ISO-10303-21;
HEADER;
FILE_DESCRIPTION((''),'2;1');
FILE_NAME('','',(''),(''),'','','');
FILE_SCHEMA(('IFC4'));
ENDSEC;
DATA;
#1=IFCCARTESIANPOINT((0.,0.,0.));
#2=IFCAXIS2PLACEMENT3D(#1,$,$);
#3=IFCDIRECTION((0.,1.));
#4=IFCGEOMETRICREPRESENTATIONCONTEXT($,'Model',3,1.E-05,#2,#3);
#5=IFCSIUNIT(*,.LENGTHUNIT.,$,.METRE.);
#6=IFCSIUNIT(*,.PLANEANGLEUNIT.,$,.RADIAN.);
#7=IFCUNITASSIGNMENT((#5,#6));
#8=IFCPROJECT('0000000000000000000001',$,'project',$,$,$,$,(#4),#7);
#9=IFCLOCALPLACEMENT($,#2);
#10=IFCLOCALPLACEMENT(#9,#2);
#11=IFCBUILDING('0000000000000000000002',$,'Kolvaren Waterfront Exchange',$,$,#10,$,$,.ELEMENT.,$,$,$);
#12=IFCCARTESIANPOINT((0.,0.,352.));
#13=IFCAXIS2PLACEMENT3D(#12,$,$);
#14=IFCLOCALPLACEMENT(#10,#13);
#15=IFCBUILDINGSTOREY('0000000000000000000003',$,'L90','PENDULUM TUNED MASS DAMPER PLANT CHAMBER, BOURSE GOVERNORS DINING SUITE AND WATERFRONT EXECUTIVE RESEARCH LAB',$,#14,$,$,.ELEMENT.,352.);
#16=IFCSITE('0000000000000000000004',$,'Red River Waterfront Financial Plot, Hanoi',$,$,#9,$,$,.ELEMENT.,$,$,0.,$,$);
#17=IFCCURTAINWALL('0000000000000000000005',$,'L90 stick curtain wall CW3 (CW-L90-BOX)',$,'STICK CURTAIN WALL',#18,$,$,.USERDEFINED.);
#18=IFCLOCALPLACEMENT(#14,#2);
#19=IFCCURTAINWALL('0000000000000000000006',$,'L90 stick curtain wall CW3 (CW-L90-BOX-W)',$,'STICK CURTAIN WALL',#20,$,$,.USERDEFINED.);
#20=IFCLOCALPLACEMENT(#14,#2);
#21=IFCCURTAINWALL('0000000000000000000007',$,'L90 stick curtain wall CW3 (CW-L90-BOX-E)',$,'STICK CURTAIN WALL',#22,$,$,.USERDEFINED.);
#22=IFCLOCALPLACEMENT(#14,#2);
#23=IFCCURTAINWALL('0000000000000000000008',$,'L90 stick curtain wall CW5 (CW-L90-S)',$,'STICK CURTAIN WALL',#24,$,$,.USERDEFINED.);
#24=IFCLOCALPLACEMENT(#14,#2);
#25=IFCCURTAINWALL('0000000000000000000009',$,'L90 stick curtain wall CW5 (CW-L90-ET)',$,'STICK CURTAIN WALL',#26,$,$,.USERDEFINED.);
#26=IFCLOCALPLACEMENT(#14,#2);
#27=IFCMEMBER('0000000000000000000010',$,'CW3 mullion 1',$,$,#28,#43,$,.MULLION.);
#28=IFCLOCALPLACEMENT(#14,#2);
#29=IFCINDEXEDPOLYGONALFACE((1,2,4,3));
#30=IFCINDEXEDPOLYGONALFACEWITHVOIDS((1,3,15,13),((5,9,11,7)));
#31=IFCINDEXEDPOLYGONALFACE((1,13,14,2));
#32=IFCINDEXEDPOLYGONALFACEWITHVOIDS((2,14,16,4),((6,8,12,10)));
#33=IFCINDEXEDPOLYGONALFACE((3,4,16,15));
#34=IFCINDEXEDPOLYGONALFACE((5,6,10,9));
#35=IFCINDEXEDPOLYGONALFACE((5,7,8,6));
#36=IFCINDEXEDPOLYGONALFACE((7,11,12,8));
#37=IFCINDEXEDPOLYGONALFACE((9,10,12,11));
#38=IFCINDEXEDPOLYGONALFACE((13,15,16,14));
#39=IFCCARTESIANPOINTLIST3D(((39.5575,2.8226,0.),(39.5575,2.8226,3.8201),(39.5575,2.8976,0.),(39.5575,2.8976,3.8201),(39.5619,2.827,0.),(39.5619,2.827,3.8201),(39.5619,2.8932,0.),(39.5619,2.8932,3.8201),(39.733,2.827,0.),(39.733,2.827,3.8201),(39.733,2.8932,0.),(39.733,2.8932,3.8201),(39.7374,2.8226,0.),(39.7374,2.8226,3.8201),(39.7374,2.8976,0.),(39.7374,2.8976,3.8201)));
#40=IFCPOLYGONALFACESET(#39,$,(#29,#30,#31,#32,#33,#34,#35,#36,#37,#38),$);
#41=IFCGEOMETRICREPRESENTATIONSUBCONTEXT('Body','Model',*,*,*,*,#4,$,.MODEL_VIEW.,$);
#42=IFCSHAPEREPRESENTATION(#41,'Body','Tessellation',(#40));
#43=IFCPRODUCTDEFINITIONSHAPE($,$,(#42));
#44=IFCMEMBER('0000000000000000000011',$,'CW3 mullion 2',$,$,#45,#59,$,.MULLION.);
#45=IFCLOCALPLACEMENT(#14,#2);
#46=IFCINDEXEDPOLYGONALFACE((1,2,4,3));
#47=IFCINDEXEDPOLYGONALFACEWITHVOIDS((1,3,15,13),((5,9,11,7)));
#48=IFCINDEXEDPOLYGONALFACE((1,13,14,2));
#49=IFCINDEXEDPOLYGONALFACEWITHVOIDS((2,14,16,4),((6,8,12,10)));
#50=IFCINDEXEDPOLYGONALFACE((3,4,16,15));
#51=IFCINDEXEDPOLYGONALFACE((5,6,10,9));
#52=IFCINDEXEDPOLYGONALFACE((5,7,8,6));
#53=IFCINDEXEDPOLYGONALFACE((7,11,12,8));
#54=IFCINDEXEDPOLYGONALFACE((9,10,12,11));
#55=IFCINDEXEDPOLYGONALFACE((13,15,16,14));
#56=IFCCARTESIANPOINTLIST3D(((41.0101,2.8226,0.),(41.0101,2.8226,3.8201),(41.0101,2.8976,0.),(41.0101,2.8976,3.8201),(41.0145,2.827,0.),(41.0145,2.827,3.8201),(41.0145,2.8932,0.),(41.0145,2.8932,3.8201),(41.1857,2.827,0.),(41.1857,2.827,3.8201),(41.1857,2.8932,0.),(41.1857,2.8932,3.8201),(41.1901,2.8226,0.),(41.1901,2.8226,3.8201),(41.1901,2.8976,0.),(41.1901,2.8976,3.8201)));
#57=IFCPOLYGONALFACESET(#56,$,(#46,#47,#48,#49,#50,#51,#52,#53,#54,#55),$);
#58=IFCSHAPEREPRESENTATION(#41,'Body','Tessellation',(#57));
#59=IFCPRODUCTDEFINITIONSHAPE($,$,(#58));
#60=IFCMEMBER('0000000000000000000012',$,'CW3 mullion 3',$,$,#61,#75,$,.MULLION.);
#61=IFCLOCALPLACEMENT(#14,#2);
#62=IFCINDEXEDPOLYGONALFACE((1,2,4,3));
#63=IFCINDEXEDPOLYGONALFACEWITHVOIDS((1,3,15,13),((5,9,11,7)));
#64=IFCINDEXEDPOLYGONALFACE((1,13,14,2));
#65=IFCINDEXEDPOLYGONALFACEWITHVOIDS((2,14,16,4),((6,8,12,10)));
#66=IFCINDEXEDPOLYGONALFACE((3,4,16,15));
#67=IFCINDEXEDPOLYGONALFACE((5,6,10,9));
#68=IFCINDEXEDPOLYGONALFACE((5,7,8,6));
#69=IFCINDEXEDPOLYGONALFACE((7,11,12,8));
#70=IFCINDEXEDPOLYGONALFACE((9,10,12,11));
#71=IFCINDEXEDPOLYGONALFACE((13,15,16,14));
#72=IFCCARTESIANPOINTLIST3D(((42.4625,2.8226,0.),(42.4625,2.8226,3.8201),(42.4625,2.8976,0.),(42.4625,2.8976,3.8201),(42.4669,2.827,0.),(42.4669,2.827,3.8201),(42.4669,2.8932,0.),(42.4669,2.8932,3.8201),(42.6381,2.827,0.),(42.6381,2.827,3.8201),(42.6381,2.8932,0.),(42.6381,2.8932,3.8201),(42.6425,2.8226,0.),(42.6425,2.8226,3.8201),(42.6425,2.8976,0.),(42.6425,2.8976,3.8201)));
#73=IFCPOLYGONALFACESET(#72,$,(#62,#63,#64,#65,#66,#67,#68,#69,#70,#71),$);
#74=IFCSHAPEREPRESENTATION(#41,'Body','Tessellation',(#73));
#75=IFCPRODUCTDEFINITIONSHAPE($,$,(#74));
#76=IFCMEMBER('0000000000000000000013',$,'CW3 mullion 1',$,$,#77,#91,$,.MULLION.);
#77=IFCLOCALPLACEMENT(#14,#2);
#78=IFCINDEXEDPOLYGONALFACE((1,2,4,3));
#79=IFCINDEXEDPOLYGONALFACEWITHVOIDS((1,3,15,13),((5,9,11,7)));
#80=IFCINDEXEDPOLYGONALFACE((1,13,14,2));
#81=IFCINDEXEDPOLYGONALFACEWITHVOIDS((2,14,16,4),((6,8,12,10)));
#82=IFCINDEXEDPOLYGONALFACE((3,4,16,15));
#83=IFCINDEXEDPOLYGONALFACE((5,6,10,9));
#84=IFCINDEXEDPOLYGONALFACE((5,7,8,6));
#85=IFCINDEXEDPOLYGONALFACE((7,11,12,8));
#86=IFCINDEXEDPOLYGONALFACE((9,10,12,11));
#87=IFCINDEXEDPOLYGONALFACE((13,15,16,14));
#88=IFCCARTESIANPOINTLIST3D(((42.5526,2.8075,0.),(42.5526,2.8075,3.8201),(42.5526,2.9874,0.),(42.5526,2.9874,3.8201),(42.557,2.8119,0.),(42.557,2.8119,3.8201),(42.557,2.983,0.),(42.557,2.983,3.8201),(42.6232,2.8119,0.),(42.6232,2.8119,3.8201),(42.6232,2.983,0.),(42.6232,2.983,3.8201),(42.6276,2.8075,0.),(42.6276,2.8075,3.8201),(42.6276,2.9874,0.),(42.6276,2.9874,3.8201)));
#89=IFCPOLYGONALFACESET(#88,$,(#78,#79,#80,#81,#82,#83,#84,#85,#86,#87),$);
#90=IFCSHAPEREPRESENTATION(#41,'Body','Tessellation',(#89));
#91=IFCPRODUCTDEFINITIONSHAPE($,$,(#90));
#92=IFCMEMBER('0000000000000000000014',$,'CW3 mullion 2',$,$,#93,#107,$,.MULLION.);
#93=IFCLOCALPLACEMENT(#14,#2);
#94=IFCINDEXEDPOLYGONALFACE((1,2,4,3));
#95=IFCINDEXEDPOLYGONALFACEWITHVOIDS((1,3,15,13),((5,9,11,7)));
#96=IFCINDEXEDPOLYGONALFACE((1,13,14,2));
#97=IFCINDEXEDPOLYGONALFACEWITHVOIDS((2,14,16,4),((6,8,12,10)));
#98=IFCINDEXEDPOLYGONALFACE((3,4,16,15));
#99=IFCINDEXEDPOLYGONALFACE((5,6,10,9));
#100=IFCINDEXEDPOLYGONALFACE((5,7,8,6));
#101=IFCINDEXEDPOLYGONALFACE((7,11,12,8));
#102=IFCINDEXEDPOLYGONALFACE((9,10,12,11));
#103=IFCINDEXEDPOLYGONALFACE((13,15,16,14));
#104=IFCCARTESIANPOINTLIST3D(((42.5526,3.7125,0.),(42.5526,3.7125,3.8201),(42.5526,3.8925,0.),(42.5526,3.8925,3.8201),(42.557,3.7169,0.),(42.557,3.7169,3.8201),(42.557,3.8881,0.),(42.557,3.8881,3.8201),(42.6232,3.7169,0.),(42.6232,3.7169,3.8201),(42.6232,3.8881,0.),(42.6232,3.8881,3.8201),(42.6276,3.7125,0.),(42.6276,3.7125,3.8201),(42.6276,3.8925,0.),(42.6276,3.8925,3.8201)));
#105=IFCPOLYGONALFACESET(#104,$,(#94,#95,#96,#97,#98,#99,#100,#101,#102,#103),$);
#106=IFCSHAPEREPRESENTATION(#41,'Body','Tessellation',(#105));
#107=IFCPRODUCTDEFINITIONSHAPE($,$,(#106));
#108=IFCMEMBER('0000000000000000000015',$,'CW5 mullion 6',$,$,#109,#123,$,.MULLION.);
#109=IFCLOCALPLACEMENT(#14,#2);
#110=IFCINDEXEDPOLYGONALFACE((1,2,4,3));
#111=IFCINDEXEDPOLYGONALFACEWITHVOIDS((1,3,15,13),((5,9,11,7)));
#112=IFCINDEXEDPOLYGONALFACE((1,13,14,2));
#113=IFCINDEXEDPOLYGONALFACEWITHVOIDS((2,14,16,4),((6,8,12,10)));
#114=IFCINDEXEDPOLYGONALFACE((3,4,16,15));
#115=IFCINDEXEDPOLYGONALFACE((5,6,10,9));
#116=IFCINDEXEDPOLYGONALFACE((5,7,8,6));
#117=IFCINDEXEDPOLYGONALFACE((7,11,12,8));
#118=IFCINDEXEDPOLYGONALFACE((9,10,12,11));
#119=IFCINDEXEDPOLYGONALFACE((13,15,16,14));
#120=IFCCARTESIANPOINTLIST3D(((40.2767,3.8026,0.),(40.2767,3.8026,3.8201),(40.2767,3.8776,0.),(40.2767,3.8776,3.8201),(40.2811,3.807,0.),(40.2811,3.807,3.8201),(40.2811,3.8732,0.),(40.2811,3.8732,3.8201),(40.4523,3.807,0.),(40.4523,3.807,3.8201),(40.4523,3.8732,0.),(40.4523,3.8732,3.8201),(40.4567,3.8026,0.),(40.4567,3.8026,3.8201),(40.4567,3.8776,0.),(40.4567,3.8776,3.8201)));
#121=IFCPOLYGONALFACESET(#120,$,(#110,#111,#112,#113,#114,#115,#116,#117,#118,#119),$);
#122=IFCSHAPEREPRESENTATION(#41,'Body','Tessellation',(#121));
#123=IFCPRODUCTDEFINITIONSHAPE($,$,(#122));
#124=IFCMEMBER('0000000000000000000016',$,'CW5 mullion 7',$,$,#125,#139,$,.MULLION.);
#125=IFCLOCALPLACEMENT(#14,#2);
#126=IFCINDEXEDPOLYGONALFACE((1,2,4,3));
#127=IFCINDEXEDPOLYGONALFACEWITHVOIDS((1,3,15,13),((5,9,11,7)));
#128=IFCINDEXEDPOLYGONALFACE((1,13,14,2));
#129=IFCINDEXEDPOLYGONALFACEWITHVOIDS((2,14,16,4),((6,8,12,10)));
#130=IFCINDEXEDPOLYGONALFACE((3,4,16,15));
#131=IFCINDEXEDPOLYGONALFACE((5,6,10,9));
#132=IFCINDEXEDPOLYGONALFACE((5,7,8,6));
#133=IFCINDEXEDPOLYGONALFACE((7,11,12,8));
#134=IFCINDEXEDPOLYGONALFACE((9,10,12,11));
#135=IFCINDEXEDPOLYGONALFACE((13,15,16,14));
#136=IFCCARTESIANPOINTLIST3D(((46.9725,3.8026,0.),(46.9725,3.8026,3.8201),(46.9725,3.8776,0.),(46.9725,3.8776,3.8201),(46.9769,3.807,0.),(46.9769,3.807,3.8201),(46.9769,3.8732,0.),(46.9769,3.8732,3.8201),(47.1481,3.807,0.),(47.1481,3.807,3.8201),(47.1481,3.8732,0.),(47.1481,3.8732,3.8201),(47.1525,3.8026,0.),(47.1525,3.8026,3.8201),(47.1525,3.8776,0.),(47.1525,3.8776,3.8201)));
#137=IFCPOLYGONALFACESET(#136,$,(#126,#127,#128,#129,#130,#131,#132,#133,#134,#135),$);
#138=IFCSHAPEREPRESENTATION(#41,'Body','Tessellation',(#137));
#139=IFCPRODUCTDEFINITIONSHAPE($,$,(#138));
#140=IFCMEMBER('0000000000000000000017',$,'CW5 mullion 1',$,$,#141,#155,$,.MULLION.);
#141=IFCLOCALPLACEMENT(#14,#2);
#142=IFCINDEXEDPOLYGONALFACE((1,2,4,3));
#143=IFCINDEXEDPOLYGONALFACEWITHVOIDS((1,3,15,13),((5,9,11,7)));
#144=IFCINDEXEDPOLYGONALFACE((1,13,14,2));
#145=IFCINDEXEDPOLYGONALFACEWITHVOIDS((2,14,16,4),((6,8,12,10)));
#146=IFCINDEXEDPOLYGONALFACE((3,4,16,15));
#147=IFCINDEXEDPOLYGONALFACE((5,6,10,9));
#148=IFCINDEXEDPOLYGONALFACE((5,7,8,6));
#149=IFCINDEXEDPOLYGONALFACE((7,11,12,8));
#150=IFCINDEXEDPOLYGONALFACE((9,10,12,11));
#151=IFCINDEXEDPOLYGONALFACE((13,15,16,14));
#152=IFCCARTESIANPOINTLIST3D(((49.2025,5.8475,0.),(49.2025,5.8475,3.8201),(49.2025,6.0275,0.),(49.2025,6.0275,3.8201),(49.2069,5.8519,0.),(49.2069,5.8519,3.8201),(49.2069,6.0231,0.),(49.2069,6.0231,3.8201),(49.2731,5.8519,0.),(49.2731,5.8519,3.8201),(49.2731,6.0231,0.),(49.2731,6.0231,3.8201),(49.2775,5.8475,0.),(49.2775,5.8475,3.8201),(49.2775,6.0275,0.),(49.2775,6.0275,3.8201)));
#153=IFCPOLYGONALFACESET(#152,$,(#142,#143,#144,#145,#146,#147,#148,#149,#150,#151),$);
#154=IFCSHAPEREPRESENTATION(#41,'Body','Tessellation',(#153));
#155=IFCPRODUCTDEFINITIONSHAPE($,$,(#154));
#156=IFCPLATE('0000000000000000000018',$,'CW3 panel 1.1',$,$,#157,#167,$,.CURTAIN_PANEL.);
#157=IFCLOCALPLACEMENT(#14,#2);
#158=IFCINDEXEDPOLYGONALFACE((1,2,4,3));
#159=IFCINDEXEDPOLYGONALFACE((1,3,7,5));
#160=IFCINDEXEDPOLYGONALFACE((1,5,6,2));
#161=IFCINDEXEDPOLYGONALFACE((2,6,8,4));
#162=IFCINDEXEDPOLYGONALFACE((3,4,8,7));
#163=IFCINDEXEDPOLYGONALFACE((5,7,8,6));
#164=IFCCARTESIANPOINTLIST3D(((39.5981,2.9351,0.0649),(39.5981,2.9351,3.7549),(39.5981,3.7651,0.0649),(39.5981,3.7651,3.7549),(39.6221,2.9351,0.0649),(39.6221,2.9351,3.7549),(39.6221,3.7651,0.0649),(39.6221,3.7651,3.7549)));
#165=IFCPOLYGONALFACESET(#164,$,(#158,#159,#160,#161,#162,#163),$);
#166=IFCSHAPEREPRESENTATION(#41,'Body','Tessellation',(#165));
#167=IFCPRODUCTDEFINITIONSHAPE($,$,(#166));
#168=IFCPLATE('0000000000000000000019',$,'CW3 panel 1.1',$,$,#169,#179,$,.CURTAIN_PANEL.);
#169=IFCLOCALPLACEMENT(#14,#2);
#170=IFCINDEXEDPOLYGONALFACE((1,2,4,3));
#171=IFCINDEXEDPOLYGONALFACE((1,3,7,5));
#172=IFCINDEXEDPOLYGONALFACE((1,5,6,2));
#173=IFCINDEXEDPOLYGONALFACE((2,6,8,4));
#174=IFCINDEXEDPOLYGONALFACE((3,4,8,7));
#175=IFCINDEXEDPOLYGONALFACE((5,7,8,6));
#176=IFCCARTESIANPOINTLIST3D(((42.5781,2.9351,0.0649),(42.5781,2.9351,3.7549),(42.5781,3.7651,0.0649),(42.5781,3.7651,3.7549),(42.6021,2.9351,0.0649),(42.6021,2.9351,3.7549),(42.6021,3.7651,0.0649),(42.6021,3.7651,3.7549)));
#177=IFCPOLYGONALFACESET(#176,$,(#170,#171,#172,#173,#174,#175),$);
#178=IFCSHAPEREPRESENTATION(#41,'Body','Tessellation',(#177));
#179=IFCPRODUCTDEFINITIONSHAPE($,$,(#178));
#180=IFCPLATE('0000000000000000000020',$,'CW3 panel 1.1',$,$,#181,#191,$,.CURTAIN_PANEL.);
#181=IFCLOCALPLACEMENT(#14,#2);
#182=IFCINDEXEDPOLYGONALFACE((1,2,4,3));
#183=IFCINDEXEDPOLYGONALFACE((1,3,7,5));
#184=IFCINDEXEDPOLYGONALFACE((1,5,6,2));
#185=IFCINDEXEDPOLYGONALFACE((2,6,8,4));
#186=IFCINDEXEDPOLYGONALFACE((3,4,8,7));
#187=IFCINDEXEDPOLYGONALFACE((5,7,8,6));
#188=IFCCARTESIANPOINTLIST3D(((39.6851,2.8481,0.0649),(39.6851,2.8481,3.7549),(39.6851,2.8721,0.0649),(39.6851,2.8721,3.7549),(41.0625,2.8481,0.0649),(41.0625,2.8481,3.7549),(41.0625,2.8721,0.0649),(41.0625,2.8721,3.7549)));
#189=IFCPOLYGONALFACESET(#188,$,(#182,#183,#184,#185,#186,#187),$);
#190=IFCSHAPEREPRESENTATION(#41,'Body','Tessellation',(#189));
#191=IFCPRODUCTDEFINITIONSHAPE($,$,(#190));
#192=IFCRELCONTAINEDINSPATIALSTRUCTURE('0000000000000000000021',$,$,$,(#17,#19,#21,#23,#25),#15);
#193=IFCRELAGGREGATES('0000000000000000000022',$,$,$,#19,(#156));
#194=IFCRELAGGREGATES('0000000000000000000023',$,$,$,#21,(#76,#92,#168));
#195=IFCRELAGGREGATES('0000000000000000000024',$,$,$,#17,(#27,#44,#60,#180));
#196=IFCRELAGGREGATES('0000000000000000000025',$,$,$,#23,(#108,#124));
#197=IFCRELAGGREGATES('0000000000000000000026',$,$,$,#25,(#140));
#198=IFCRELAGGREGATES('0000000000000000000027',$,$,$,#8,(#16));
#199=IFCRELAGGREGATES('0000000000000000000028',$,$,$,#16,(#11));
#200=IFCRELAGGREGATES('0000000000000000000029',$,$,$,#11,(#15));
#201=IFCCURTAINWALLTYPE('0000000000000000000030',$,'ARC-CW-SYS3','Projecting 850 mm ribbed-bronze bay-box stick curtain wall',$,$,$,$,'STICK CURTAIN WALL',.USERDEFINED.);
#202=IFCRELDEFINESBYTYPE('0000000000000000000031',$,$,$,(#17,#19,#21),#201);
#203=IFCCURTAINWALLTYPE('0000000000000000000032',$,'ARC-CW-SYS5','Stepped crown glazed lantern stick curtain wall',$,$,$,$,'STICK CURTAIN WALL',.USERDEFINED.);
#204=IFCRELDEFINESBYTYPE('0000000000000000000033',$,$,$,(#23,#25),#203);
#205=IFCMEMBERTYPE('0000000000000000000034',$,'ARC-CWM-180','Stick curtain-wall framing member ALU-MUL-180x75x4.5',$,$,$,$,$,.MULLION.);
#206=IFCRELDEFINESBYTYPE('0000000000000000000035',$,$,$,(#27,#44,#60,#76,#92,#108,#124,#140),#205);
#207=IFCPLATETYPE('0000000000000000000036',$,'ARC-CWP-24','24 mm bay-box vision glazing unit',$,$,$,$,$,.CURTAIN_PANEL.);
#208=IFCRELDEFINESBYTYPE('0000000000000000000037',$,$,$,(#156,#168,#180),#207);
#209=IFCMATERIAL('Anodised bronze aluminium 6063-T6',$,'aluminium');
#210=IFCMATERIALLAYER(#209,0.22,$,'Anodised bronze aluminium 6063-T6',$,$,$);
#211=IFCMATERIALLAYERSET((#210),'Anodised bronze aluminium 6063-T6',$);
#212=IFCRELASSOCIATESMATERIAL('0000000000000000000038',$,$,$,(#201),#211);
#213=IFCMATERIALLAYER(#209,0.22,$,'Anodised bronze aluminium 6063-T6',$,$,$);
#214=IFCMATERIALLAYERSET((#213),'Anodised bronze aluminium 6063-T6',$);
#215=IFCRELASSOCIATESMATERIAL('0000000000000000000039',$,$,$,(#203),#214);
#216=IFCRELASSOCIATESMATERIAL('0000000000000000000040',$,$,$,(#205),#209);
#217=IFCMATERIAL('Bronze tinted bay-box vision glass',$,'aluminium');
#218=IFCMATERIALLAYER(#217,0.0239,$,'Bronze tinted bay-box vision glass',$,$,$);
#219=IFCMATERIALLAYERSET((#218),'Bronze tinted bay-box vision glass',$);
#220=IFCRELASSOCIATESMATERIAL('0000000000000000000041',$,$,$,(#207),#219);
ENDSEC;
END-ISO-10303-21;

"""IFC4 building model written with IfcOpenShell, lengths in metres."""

from ifc_helpers import new_model, si_unit, direction, frame, origin, origin_with_axes, origin_2d, place, context, subcontext, project, spatial, rectangle, hollow_rectangle, extrude, source, transform, mapped, material, layer, layer_set, material_profile, profile_set, type_object, element, aggregate, save


model = new_model("IFC4")

# Units and contexts
model_context = context("Model", 3, precision=1e-05, world=origin(), true_north=direction((0.0, 1.0)))
body_context = subcontext(model_context, "Body", "Model", "MODEL_VIEW")
ifc_project = project(units=[si_unit("LENGTHUNIT", "METRE"), si_unit("PLANEANGLEUNIT", "RADIAN")], contexts=[model_context])

# Site, building, storey
site_placement = place(None, origin())
site = spatial("IfcSite", under=ifc_project, at=site_placement, Name="Red River Waterfront Financial Plot, Hanoi", CompositionType="ELEMENT", RefElevation=0.0)
building_placement = place(site_placement, origin())
building = spatial("IfcBuilding", under=site, at=building_placement, Name="Kolvaren Waterfront Exchange", CompositionType="ELEMENT")
storey_placement = place(building_placement, frame((0.0, 0.0, 352.0)))
storey = spatial("IfcBuildingStorey", under=building, at=storey_placement, Name="L90", Description="PENDULUM TUNED MASS DAMPER PLANT CHAMBER, BOURSE GOVERNORS DINING SUITE AND WATERFRONT EXECUTIVE RESEARCH LAB", CompositionType="ELEMENT", Elevation=352.0)

# Curtain walls
ifc_material_1 = material(Name="Anodised bronze aluminium 6063-T6", Category="aluminium")
ifc_layer_1 = layer(ifc_material_1, 0.22, Name="Anodised bronze aluminium 6063-T6")
ifc_layer_set_1 = layer_set([ifc_layer_1], Name="Anodised bronze aluminium 6063-T6")
curtain_wall_type_1 = type_object("IfcCurtainWallType", Name="ARC-CW-SYS3", Description="Projecting 850 mm ribbed-bronze bay-box stick curtain wall", ElementType="STICK CURTAIN WALL", PredefinedType="USERDEFINED", material=ifc_layer_set_1)
curtain_wall_1_placement = place(storey_placement, origin())
curtain_wall_1 = element("IfcCurtainWall", 1, at=curtain_wall_1_placement, inside=storey, type_object=curtain_wall_type_1, Name="L90 stick curtain wall CW3 (CW-L90-BOX)", ObjectType="STICK CURTAIN WALL", PredefinedType="USERDEFINED")
curtain_wall_2_placement = place(storey_placement, origin())
curtain_wall_2 = element("IfcCurtainWall", 2, at=curtain_wall_2_placement, inside=storey, type_object=curtain_wall_type_1, Name="L90 stick curtain wall CW3 (CW-L90-BOX-W)", ObjectType="STICK CURTAIN WALL", PredefinedType="USERDEFINED")
curtain_wall_3_placement = place(storey_placement, origin())
curtain_wall_3 = element("IfcCurtainWall", 3, at=curtain_wall_3_placement, inside=storey, type_object=curtain_wall_type_1, Name="L90 stick curtain wall CW3 (CW-L90-BOX-E)", ObjectType="STICK CURTAIN WALL", PredefinedType="USERDEFINED")
ifc_layer_2 = layer(ifc_material_1, 0.22, Name="Anodised bronze aluminium 6063-T6")
ifc_layer_set_2 = layer_set([ifc_layer_2], Name="Anodised bronze aluminium 6063-T6")
curtain_wall_type_2 = type_object("IfcCurtainWallType", Name="ARC-CW-SYS5", Description="Stepped crown glazed lantern stick curtain wall", ElementType="STICK CURTAIN WALL", PredefinedType="USERDEFINED", material=ifc_layer_set_2)
curtain_wall_4_placement = place(storey_placement, origin())
curtain_wall_4 = element("IfcCurtainWall", 4, at=curtain_wall_4_placement, inside=storey, type_object=curtain_wall_type_2, Name="L90 stick curtain wall CW5 (CW-L90-S)", ObjectType="STICK CURTAIN WALL", PredefinedType="USERDEFINED")
curtain_wall_5_placement = place(storey_placement, origin())
curtain_wall_5 = element("IfcCurtainWall", 5, at=curtain_wall_5_placement, inside=storey, type_object=curtain_wall_type_2, Name="L90 stick curtain wall CW5 (CW-L90-ET)", ObjectType="STICK CURTAIN WALL", PredefinedType="USERDEFINED")

# Members
ifc_material_profile_1 = material_profile(ifc_material_1, hollow_rectangle(XDim=0.075, YDim=0.1799, WallThickness=0.0044, at=origin_2d()), Name="ALU-MUL-180x75x4.5")
ifc_profile_set_1 = profile_set([ifc_material_profile_1], Name="Anodised bronze aluminium 6063-T6")
member_type_1 = type_object("IfcMemberType", Name="ARC-CWM-180", Description="Stick curtain-wall framing member ALU-MUL-180x75x4.5", PredefinedType="MULLION", material=ifc_profile_set_1)
shared_shape_1 = source(origin_with_axes(), body_context, "Body", "SweptSolid", [
    extrude(hollow_rectangle(XDim=0.075, YDim=0.1799, WallThickness=0.0044, at=origin_2d()), origin(), (0.0, 0.0, 1.0), 3.8201),
])
member_1_placement = place(storey_placement, frame((39.6475, 2.8601, 0.0), z_axis=(0.0, 0.0, 1.0), x_axis=(0.0, 1.0, 0.0)))
member_1 = element("IfcMember", 6, at=member_1_placement, type_object=member_type_1, Name="CW3 mullion 1", PredefinedType="MULLION", context=body_context, shape_type="MappedRepresentation", body=[
    mapped(shared_shape_1, transform((0.0, 0.0, 0.0), x_axis=(1.0, 0.0, 0.0), y_axis=(0.0, 1.0, 0.0), z_axis=(0.0, 0.0, 1.0), scale=1.0)),
])
member_2_placement = place(storey_placement, frame((41.1001, 2.8601, 0.0), z_axis=(0.0, 0.0, 1.0), x_axis=(0.0, 1.0, 0.0)))
member_2 = element("IfcMember", 7, at=member_2_placement, type_object=member_type_1, Name="CW3 mullion 2", PredefinedType="MULLION", context=body_context, shape_type="MappedRepresentation", body=[
    mapped(shared_shape_1, transform((0.0, 0.0, 0.0), x_axis=(1.0, 0.0, 0.0), y_axis=(0.0, 1.0, 0.0), z_axis=(0.0, 0.0, 1.0), scale=1.0)),
])
member_3_placement = place(storey_placement, frame((42.5525, 2.8601, 0.0), z_axis=(0.0, 0.0, 1.0), x_axis=(0.0, 1.0, 0.0)))
member_3 = element("IfcMember", 8, at=member_3_placement, type_object=member_type_1, Name="CW3 mullion 3", PredefinedType="MULLION", context=body_context, shape_type="MappedRepresentation", body=[
    mapped(shared_shape_1, transform((0.0, 0.0, 0.0), x_axis=(1.0, 0.0, 0.0), y_axis=(0.0, 1.0, 0.0), z_axis=(0.0, 0.0, 1.0), scale=1.0)),
])
member_4_placement = place(storey_placement, frame((42.5901, 2.8975, 0.0), z_axis=(0.0, 0.0, 1.0), x_axis=(-1.0, 0.0, 0.0)))
member_4 = element("IfcMember", 9, at=member_4_placement, type_object=member_type_1, Name="CW3 mullion 1", PredefinedType="MULLION", context=body_context, shape_type="MappedRepresentation", body=[
    mapped(shared_shape_1, transform((0.0, 0.0, 0.0), x_axis=(1.0, 0.0, 0.0), y_axis=(0.0, 1.0, 0.0), z_axis=(0.0, 0.0, 1.0), scale=1.0)),
])
member_5_placement = place(storey_placement, frame((42.5901, 3.8025, 0.0), z_axis=(0.0, 0.0, 1.0), x_axis=(-1.0, 0.0, 0.0)))
member_5 = element("IfcMember", 10, at=member_5_placement, type_object=member_type_1, Name="CW3 mullion 2", PredefinedType="MULLION", context=body_context, shape_type="MappedRepresentation", body=[
    mapped(shared_shape_1, transform((0.0, 0.0, 0.0), x_axis=(1.0, 0.0, 0.0), y_axis=(0.0, 1.0, 0.0), z_axis=(0.0, 0.0, 1.0), scale=1.0)),
])
member_6_placement = place(storey_placement, frame((40.3667, 3.8401, 0.0), z_axis=(0.0, 0.0, 1.0), x_axis=(0.0, 1.0, 0.0)))
member_6 = element("IfcMember", 11, at=member_6_placement, type_object=member_type_1, Name="CW5 mullion 6", PredefinedType="MULLION", context=body_context, shape_type="MappedRepresentation", body=[
    mapped(shared_shape_1, transform((0.0, 0.0, 0.0), x_axis=(1.0, 0.0, 0.0), y_axis=(0.0, 1.0, 0.0), z_axis=(0.0, 0.0, 1.0), scale=1.0)),
])
member_7_placement = place(storey_placement, frame((47.0625, 3.8401, 0.0), z_axis=(0.0, 0.0, 1.0), x_axis=(0.0, 1.0, 0.0)))
member_7 = element("IfcMember", 12, at=member_7_placement, type_object=member_type_1, Name="CW5 mullion 7", PredefinedType="MULLION", context=body_context, shape_type="MappedRepresentation", body=[
    mapped(shared_shape_1, transform((0.0, 0.0, 0.0), x_axis=(1.0, 0.0, 0.0), y_axis=(0.0, 1.0, 0.0), z_axis=(0.0, 0.0, 1.0), scale=1.0)),
])
member_8_placement = place(storey_placement, frame((49.24, 5.9375, 0.0), z_axis=(0.0, 0.0, 1.0), x_axis=(-1.0, 0.0, 0.0)))
member_8 = element("IfcMember", 13, at=member_8_placement, type_object=member_type_1, Name="CW5 mullion 1", PredefinedType="MULLION", context=body_context, shape_type="MappedRepresentation", body=[
    mapped(shared_shape_1, transform((0.0, 0.0, 0.0), x_axis=(1.0, 0.0, 0.0), y_axis=(0.0, 1.0, 0.0), z_axis=(0.0, 0.0, 1.0), scale=1.0)),
])

# Plates
ifc_material_2 = material(Name="Bronze tinted bay-box vision glass", Category="aluminium")
ifc_layer_3 = layer(ifc_material_2, 0.0239, Name="Bronze tinted bay-box vision glass")
ifc_layer_set_3 = layer_set([ifc_layer_3], Name="Bronze tinted bay-box vision glass")
plate_type_1 = type_object("IfcPlateType", Name="ARC-CWP-24", Description="24 mm bay-box vision glazing unit", PredefinedType="CURTAIN_PANEL", material=ifc_layer_set_3)
shared_shape_2 = source(origin_with_axes(), body_context, "Body", "SweptSolid", [
    extrude(rectangle(XDim=0.8301, YDim=0.0239, at=origin_2d()), origin(), (0.0, 0.0, 1.0), 3.6899),
])
plate_1_placement = place(storey_placement, frame((39.6101, 3.3501, 0.0649), z_axis=(0.0, 0.0, 1.0), x_axis=(0.0, -1.0, 0.0)))
plate_1 = element("IfcPlate", 14, at=plate_1_placement, type_object=plate_type_1, Name="CW3 panel 1.1", PredefinedType="CURTAIN_PANEL", context=body_context, shape_type="MappedRepresentation", body=[
    mapped(shared_shape_2, transform((0.0, 0.0, 0.0), x_axis=(1.0, 0.0, 0.0), y_axis=(0.0, 1.0, 0.0), z_axis=(0.0, 0.0, 1.0), scale=1.0)),
])
aggregate(curtain_wall_2, [plate_1])
plate_2_placement = place(storey_placement, frame((42.5901, 3.3501, 0.0649), z_axis=(0.0, 0.0, 1.0), x_axis=(0.0, 1.0, 0.0)))
plate_2 = element("IfcPlate", 15, at=plate_2_placement, type_object=plate_type_1, Name="CW3 panel 1.1", PredefinedType="CURTAIN_PANEL", context=body_context, shape_type="MappedRepresentation", body=[
    mapped(shared_shape_2, transform((0.0, 0.0, 0.0), x_axis=(1.0, 0.0, 0.0), y_axis=(0.0, 1.0, 0.0), z_axis=(0.0, 0.0, 1.0), scale=1.0)),
])
aggregate(curtain_wall_3, [member_4, member_5, plate_2])
shared_shape_3 = source(origin_with_axes(), body_context, "Body", "SweptSolid", [
    extrude(rectangle(XDim=1.3774, YDim=0.0239, at=origin_2d()), origin(), (0.0, 0.0, 1.0), 3.6899),
])
plate_3_placement = place(storey_placement, frame((40.3738, 2.8601, 0.0649), z_axis=(0.0, 0.0, 1.0), x_axis=(1.0, 0.0, 0.0)))
plate_3 = element("IfcPlate", 16, at=plate_3_placement, type_object=plate_type_1, Name="CW3 panel 1.1", PredefinedType="CURTAIN_PANEL", context=body_context, shape_type="MappedRepresentation", body=[
    mapped(shared_shape_3, transform((0.0, 0.0, 0.0), x_axis=(1.0, 0.0, 0.0), y_axis=(0.0, 1.0, 0.0), z_axis=(0.0, 0.0, 1.0), scale=1.0)),
])
aggregate(curtain_wall_1, [member_1, member_2, member_3, plate_3])
aggregate(curtain_wall_4, [member_6, member_7])
aggregate(curtain_wall_5, [member_8])

save(model, "model.ifc")
